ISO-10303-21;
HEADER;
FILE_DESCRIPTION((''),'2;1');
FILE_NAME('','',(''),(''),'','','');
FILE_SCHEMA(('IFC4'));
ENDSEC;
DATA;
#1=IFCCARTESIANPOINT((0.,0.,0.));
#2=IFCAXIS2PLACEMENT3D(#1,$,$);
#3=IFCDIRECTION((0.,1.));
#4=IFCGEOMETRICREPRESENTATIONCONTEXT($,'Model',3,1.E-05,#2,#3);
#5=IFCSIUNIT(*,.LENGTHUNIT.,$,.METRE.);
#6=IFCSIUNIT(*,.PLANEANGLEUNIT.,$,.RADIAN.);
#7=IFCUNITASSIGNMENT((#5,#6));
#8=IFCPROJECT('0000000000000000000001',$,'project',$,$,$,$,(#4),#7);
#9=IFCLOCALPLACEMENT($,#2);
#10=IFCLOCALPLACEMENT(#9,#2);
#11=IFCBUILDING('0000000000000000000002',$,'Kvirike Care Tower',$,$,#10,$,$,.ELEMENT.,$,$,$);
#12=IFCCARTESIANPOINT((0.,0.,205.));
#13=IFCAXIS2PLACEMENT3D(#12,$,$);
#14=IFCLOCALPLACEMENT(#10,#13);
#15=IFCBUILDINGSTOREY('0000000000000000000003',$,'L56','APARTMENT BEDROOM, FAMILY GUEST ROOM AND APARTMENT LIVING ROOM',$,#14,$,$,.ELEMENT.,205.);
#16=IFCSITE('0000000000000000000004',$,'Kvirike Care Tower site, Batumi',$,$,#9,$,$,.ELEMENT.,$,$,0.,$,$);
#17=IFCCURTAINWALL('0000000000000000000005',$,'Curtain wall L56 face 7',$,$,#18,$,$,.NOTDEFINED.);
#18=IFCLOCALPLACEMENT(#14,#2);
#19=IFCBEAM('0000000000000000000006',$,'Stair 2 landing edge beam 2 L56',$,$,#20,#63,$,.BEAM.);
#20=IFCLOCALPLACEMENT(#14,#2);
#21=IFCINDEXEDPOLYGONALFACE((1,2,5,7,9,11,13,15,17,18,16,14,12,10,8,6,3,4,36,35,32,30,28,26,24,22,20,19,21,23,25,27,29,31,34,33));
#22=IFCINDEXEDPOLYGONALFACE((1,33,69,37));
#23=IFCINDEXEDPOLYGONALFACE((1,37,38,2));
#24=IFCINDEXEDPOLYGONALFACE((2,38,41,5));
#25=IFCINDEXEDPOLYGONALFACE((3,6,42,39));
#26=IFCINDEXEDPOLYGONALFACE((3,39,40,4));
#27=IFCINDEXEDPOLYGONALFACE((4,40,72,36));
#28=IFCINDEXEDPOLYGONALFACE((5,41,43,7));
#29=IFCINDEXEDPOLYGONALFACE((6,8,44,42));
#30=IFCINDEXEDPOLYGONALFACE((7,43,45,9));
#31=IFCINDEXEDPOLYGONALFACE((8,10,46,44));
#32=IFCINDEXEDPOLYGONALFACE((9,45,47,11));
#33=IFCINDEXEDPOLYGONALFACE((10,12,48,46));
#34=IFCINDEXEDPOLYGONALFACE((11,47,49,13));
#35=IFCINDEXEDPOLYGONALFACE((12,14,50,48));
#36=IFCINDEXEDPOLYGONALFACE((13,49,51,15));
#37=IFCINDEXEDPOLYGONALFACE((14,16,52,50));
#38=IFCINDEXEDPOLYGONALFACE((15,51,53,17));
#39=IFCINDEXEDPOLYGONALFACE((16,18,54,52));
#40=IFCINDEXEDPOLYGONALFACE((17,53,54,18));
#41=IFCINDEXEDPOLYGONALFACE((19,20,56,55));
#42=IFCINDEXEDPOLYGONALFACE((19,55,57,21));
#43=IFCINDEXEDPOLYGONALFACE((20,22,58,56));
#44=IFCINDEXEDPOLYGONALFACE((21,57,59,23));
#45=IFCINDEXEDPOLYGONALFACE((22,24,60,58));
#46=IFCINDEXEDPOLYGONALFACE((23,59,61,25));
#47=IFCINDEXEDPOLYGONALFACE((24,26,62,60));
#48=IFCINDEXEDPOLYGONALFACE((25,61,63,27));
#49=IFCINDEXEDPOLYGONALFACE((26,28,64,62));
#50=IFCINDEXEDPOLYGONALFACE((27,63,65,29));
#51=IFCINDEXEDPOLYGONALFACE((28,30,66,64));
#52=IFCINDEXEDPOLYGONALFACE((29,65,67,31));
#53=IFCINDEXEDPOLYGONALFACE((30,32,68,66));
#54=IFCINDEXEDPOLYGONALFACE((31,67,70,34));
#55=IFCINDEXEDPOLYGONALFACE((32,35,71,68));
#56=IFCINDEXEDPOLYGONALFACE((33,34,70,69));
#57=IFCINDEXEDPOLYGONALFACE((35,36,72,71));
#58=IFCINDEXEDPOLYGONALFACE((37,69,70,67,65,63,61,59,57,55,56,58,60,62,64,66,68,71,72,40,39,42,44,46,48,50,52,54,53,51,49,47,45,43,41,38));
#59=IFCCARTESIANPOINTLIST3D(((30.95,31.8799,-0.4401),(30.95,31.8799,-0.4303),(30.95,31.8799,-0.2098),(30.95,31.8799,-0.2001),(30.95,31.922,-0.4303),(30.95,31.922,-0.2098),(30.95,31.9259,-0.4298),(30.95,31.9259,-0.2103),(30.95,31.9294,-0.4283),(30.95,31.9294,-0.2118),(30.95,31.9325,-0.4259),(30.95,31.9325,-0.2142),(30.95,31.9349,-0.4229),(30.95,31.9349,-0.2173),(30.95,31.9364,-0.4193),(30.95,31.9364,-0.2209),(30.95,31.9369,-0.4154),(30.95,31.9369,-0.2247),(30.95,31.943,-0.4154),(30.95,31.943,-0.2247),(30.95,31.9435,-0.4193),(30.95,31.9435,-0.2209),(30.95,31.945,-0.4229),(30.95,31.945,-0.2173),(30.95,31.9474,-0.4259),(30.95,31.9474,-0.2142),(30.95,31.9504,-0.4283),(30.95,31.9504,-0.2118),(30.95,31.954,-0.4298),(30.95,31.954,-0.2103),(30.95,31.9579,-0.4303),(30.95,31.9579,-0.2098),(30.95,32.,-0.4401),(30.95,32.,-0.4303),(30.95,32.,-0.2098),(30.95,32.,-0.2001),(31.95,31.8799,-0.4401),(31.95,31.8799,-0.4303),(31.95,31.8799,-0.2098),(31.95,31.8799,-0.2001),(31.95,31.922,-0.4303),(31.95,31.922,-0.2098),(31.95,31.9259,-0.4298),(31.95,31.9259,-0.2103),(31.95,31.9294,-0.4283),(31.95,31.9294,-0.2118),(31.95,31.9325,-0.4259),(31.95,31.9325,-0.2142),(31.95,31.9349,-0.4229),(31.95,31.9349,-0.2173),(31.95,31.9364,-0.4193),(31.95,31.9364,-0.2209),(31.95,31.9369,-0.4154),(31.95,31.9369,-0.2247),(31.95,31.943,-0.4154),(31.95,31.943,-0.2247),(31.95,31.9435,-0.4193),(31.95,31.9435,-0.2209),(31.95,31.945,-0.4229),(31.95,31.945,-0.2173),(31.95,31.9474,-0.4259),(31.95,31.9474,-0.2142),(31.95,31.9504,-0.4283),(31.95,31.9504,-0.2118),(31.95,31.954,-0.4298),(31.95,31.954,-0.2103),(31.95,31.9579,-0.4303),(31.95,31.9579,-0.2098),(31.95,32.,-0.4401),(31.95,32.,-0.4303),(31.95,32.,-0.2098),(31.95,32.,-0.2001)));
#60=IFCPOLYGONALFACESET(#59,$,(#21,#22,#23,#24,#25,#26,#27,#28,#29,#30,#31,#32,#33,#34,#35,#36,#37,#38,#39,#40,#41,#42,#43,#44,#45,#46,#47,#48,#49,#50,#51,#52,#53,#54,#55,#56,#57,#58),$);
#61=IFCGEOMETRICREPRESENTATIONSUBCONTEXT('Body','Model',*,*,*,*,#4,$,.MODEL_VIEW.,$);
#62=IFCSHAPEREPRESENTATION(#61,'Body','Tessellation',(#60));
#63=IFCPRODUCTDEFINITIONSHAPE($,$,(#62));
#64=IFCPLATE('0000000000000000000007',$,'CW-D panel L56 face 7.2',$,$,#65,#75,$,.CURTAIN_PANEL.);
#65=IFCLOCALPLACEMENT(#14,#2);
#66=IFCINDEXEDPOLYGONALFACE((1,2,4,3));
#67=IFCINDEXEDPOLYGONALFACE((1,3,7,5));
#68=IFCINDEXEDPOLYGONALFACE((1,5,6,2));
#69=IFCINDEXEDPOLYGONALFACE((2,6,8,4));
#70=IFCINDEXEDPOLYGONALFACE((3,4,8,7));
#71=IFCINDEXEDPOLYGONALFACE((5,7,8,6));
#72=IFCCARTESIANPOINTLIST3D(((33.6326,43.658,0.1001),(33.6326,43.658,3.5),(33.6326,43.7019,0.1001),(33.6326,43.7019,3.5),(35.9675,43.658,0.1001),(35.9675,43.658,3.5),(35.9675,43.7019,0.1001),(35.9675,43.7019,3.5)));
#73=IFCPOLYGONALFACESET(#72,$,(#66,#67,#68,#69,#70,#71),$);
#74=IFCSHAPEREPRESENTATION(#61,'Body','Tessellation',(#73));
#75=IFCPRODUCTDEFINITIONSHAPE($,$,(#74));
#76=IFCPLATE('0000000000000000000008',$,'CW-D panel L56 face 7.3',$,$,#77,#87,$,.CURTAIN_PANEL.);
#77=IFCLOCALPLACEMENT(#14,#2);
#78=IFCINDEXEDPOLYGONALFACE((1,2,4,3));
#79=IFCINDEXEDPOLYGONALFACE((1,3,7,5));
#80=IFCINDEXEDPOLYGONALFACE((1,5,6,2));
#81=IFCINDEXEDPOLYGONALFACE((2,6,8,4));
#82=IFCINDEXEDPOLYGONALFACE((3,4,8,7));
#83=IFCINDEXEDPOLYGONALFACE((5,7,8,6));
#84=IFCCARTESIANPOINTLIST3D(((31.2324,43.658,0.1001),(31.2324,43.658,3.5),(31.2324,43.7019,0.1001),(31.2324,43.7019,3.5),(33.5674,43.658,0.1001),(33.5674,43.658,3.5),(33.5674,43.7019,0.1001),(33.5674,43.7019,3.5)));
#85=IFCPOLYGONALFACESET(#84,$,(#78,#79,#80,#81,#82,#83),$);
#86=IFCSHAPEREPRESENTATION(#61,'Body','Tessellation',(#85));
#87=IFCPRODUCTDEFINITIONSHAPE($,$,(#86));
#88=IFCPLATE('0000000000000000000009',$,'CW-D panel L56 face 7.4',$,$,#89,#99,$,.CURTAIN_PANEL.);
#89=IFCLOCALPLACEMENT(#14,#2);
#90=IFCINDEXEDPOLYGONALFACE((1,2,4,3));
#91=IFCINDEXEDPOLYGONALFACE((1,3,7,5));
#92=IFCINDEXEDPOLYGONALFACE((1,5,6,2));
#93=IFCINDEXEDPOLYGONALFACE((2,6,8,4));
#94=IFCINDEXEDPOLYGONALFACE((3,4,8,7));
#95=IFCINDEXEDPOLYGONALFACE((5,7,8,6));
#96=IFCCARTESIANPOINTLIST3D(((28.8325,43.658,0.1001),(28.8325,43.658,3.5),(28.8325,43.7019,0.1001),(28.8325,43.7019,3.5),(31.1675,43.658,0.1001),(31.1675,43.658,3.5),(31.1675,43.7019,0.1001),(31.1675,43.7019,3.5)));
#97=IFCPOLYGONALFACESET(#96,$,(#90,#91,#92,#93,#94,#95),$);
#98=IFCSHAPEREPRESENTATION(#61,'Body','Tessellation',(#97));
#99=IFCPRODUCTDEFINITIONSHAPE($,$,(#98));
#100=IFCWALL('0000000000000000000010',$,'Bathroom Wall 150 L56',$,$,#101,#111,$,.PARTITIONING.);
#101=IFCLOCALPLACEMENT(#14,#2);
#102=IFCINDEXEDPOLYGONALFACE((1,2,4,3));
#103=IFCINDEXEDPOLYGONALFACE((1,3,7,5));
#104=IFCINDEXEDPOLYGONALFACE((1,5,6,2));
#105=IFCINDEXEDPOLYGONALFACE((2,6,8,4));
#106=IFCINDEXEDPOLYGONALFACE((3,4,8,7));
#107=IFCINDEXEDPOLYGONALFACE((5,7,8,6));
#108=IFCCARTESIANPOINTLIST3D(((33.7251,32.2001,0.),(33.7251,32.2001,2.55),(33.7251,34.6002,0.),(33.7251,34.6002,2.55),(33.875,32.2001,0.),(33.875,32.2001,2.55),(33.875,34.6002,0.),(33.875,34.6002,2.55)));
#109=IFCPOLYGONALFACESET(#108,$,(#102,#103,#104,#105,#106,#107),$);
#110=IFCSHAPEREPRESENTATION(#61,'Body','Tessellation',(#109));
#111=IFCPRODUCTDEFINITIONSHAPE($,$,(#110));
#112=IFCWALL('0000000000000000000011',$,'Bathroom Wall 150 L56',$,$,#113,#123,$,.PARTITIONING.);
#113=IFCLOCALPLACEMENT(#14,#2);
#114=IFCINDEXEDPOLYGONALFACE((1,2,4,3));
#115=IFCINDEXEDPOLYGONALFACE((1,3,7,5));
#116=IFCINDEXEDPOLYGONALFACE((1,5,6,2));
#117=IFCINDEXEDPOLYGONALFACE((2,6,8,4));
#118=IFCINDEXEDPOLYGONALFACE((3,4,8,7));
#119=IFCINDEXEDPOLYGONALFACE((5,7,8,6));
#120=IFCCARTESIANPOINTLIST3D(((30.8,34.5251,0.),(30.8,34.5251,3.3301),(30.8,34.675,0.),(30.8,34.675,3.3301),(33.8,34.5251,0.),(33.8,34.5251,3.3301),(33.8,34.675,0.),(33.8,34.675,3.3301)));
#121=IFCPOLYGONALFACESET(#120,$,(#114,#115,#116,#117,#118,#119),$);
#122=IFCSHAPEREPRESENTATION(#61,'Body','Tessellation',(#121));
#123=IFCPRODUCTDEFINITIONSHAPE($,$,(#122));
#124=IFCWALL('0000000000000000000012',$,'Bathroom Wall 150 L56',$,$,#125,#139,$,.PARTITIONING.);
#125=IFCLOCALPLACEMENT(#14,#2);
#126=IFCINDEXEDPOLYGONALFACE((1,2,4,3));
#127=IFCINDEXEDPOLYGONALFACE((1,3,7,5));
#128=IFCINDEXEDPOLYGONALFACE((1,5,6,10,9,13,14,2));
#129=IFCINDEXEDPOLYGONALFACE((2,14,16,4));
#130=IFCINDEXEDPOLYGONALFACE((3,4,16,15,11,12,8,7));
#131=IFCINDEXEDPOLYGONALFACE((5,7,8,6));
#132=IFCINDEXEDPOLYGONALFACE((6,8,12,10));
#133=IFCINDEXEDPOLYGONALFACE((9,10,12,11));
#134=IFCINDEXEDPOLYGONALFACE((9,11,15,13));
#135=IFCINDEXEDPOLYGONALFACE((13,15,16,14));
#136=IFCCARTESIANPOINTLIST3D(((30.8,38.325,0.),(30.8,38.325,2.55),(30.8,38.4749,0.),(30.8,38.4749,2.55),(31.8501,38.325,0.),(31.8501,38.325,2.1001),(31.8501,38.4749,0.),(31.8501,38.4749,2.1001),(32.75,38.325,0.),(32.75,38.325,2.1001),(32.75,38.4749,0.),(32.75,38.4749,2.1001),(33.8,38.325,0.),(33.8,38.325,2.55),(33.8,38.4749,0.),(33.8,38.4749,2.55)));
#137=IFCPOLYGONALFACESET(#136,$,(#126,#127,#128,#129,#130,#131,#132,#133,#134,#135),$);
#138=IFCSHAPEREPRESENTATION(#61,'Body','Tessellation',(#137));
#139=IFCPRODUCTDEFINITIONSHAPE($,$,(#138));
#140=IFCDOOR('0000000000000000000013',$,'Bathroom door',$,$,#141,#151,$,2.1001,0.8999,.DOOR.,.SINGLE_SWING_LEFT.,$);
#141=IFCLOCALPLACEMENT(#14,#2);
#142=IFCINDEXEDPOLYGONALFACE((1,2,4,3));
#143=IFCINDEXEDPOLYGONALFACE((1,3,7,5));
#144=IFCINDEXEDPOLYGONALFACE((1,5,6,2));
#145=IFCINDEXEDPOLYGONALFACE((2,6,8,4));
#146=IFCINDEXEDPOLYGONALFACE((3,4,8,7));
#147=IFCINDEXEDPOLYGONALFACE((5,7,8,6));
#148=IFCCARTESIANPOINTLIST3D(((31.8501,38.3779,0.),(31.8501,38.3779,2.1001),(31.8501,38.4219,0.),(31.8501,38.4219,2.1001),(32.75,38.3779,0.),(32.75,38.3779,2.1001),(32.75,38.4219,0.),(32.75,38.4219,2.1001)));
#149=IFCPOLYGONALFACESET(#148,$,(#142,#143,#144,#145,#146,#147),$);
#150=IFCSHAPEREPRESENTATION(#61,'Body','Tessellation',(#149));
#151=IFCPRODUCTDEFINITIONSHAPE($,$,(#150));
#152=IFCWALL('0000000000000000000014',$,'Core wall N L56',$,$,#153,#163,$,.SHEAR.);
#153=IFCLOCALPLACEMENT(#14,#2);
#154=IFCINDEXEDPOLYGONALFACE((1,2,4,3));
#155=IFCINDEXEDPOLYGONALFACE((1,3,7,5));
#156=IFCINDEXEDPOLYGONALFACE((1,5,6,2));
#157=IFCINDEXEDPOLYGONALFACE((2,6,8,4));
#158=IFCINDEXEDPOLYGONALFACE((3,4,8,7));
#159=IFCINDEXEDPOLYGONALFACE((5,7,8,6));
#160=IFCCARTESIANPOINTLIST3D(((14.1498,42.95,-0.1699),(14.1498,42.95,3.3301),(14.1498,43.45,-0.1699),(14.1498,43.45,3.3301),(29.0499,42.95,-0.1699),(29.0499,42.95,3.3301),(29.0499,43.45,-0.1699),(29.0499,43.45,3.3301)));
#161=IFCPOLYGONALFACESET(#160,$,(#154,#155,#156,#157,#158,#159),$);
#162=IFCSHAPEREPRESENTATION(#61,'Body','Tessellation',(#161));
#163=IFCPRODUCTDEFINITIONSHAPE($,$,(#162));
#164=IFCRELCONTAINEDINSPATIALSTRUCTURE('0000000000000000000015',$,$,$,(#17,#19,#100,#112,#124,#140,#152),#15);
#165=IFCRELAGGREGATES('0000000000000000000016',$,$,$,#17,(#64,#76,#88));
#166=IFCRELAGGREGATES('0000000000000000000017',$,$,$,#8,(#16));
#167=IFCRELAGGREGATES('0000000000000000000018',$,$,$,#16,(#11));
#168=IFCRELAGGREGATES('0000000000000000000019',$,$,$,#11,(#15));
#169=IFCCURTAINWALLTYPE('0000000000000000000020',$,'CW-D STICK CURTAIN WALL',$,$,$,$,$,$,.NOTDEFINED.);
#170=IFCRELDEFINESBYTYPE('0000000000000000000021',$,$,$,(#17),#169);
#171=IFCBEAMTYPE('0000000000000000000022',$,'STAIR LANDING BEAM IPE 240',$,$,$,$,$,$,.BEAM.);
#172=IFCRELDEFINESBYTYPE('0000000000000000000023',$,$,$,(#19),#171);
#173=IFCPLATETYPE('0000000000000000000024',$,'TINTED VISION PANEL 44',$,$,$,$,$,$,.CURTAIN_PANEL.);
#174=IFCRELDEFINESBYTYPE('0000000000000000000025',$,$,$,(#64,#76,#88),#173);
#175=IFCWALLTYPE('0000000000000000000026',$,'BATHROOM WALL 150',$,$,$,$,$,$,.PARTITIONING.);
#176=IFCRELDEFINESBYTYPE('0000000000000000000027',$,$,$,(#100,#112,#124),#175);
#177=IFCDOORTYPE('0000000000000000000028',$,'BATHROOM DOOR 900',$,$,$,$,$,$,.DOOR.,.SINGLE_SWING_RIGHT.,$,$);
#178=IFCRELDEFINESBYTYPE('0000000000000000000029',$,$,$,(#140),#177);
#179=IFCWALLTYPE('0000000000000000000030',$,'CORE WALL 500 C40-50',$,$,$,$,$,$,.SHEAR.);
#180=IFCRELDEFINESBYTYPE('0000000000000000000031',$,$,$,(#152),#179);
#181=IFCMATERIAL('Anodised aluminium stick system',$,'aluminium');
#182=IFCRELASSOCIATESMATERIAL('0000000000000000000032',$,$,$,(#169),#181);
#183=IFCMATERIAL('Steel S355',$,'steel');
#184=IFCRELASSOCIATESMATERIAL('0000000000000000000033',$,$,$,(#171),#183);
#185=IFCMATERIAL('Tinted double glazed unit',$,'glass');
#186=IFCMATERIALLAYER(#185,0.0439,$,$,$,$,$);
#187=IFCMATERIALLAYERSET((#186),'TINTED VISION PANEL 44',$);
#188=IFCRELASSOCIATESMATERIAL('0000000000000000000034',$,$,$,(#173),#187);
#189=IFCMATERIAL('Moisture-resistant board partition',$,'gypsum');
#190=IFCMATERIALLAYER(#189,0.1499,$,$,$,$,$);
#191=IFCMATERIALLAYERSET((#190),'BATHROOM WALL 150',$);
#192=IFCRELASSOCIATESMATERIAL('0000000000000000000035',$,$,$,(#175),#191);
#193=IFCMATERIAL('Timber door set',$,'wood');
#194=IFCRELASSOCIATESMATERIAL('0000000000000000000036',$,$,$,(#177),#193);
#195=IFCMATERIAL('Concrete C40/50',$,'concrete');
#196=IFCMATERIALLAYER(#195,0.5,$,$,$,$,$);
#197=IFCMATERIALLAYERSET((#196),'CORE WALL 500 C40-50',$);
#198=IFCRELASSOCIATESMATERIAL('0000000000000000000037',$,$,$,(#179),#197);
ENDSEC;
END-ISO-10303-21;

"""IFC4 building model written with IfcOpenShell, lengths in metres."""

from ifc_helpers import new_model, si_unit, direction, frame, frame_2d, origin, origin_2d, place, context, subcontext, project, spatial, rectangle, i_section, extrude, material, layer, layer_set, material_profile, profile_set, type_object, element, fill, aggregate, save


model = new_model("IFC4")

# Units and contexts
model_context = context("Model", 3, precision=1e-05, world=origin(), true_north=direction((0.0, 1.0)))
body_context = subcontext(model_context, "Body", "Model", "MODEL_VIEW")
ifc_project = project(units=[si_unit("LENGTHUNIT", "METRE"), si_unit("PLANEANGLEUNIT", "RADIAN")], contexts=[model_context])

# Site, building, storey
site_placement = place(None, origin())
site = spatial("IfcSite", under=ifc_project, at=site_placement, Name="Kvirike Care Tower site, Batumi", CompositionType="ELEMENT", RefElevation=0.0)
building_placement = place(site_placement, origin())
building = spatial("IfcBuilding", under=site, at=building_placement, Name="Kvirike Care Tower", CompositionType="ELEMENT")
storey_placement = place(building_placement, frame((0.0, 0.0, 205.0)))
storey = spatial("IfcBuildingStorey", under=building, at=storey_placement, Name="L56", Description="APARTMENT BEDROOM, FAMILY GUEST ROOM AND APARTMENT LIVING ROOM", CompositionType="ELEMENT", Elevation=205.0)

# Curtain wall
ifc_material_1 = material(Name="Anodised aluminium stick system", Category="aluminium")
curtain_wall_type = type_object("IfcCurtainWallType", Name="CW-D STICK CURTAIN WALL", PredefinedType="NOTDEFINED", material=ifc_material_1)
curtain_wall_placement = place(storey_placement, origin())
curtain_wall = element("IfcCurtainWall", 1, at=curtain_wall_placement, inside=storey, type_object=curtain_wall_type, Name="Curtain wall L56 face 7", PredefinedType="NOTDEFINED")

# Beam
ifc_material_2 = material(Name="Steel S355", Category="steel")
ifc_material_profile_1 = material_profile(ifc_material_2, i_section(OverallWidth=0.1201, OverallDepth=0.24, WebThickness=0.0061, FlangeThickness=0.0098, FilletRadius=0.0149, at=origin_2d()), Name="IPE 240")
ifc_profile_set_1 = profile_set([ifc_material_profile_1], Name="Steel S355")
beam_type_1 = type_object("IfcBeamType", Name="STAIR LANDING BEAM IPE 240", PredefinedType="BEAM", material=ifc_profile_set_1)
beam_1_placement = place(storey_placement, frame((31.95, 31.9399, -0.3201), z_axis=(-1.0, 0.0, 0.0), x_axis=(0.0, -1.0, 0.0)))
element("IfcBeam", 2, at=beam_1_placement, inside=storey, type_object=beam_type_1, Name="Stair 2 landing edge beam 2 L56", PredefinedType="BEAM", context=body_context, shape_type="SweptSolid", body=[
    extrude(i_section(OverallWidth=0.1201, OverallDepth=0.24, WebThickness=0.0061, FlangeThickness=0.0098, FilletRadius=0.0149, at=origin_2d()), origin(), (0.0, 0.0, 1.0), 1.0),
])

# Plates
ifc_material_3 = material(Name="Tinted double glazed unit", Category="glass")
ifc_layer_1 = layer(ifc_material_3, 0.0439)
ifc_layer_set_1 = layer_set([ifc_layer_1], Name="TINTED VISION PANEL 44")
plate_type = type_object("IfcPlateType", Name="TINTED VISION PANEL 44", PredefinedType="CURTAIN_PANEL", material=ifc_layer_set_1)
plate_1_placement = place(storey_placement, frame((34.8, 43.6799, 0.1001), z_axis=(0.0, 0.0, 1.0), x_axis=(-1.0, 0.0, 0.0)))
plate_1 = element("IfcPlate", 3, at=plate_1_placement, type_object=plate_type, Name="CW-D panel L56 face 7.2", PredefinedType="CURTAIN_PANEL", context=body_context, shape_type="SweptSolid", body=[
    extrude(rectangle(XDim=2.335, YDim=0.0439, at=origin_2d()), origin(), (0.0, 0.0, 1.0), 3.3999),
])
plate_2_placement = place(storey_placement, frame((32.3999, 43.6799, 0.1001), z_axis=(0.0, 0.0, 1.0), x_axis=(-1.0, 0.0, 0.0)))
plate_2 = element("IfcPlate", 4, at=plate_2_placement, type_object=plate_type, Name="CW-D panel L56 face 7.3", PredefinedType="CURTAIN_PANEL", context=body_context, shape_type="SweptSolid", body=[
    extrude(rectangle(XDim=2.335, YDim=0.0439, at=origin_2d()), origin(), (0.0, 0.0, 1.0), 3.3999),
])
plate_3_placement = place(storey_placement, frame((30.0, 43.6799, 0.1001), z_axis=(0.0, 0.0, 1.0), x_axis=(-1.0, 0.0, 0.0)))
plate_3 = element("IfcPlate", 5, at=plate_3_placement, type_object=plate_type, Name="CW-D panel L56 face 7.4", PredefinedType="CURTAIN_PANEL", context=body_context, shape_type="SweptSolid", body=[
    extrude(rectangle(XDim=2.335, YDim=0.0439, at=origin_2d()), origin(), (0.0, 0.0, 1.0), 3.3999),
])
aggregate(curtain_wall, [plate_1, plate_2, plate_3])

# Walls
ifc_material_4 = material(Name="Moisture-resistant board partition", Category="gypsum")
ifc_layer_2 = layer(ifc_material_4, 0.1499)
ifc_layer_set_2 = layer_set([ifc_layer_2], Name="BATHROOM WALL 150")
wall_type_1 = type_object("IfcWallType", Name="BATHROOM WALL 150", PredefinedType="PARTITIONING", material=ifc_layer_set_2)
wall_1_placement = place(storey_placement, frame((33.8, 32.2, 0.0), z_axis=(0.0, 0.0, 1.0), x_axis=(0.0, 1.0, 0.0)))
element("IfcWall", 6, at=wall_1_placement, inside=storey, type_object=wall_type_1, Name="Bathroom Wall 150 L56", PredefinedType="PARTITIONING", context=body_context, shape_type="SweptSolid", body=[
    extrude(rectangle(XDim=2.4001, YDim=0.1499, at=frame_2d((1.2002, 0.0))), origin(), (0.0, 0.0, 1.0), 2.55),
])
wall_2_placement = place(storey_placement, frame((33.8, 34.6001, 0.0), z_axis=(0.0, 0.0, 1.0), x_axis=(-1.0, 0.0, 0.0)))
element("IfcWall", 7, at=wall_2_placement, inside=storey, type_object=wall_type_1, Name="Bathroom Wall 150 L56", PredefinedType="PARTITIONING", context=body_context, shape_type="SweptSolid", body=[
    extrude(rectangle(XDim=3.0, YDim=0.1499, at=frame_2d((1.5, 0.0))), origin(), (0.0, 0.0, 1.0), 3.3301),
])

# Wall, opening, door
wall_3_placement = place(storey_placement, frame((33.8, 38.3999, 0.0), z_axis=(0.0, 0.0, 1.0), x_axis=(-1.0, 0.0, 0.0)))
wall_3 = element("IfcWall", 8, at=wall_3_placement, inside=storey, type_object=wall_type_1, Name="Bathroom Wall 150 L56", PredefinedType="PARTITIONING", context=body_context, shape_type="SweptSolid", body=[
    extrude(rectangle(XDim=3.0, YDim=0.1499, at=frame_2d((1.5, 0.0))), origin(), (0.0, 0.0, 1.0), 2.55),
])
opening_1_placement = place(wall_3_placement, frame((1.05, 0.0, 0.0)))
opening_1 = element("IfcOpeningElement", 9, at=opening_1_placement, cuts=wall_3, PredefinedType="OPENING", context=body_context, shape_type="SweptSolid", body=[
    extrude(rectangle(XDim=0.8999, YDim=2.1001, at=frame_2d((0.45, 1.05))), frame((0.0, 0.0854, 0.0), z_axis=(0.0, -1.0, 0.0), x_axis=(1.0, 0.0, 0.0)), (0.0, 0.0, 1.0), 0.1709),
])
ifc_material_5 = material(Name="Timber door set", Category="wood")
door_type_1 = type_object("IfcDoorType", Name="BATHROOM DOOR 900", OperationType="SINGLE_SWING_RIGHT", PredefinedType="DOOR", material=ifc_material_5)
door_1_placement = place(opening_1_placement, frame((0.8999, 0.0, 0.0), z_axis=(0.0, 0.0, 1.0), x_axis=(-1.0, 0.0, 0.0)))
door_1 = element("IfcDoor", 10, at=door_1_placement, inside=storey, type_object=door_type_1, Name="Bathroom door", OperationType="SINGLE_SWING_LEFT", OverallHeight=2.1001, OverallWidth=0.8999, PredefinedType="DOOR", context=body_context, shape_type="SweptSolid", body=[
    extrude(rectangle(XDim=0.8999, YDim=2.1001, at=frame_2d((0.45, 1.05))), frame((0.0, 0.022, 0.0), z_axis=(0.0, -1.0, 0.0), x_axis=(1.0, 0.0, 0.0)), (0.0, 0.0, 1.0), 0.0439),
])
fill(opening_1, door_1)

# Wall
ifc_material_6 = material(Name="Concrete C40/50", Category="concrete")
ifc_layer_3 = layer(ifc_material_6, 0.5)
ifc_layer_set_3 = layer_set([ifc_layer_3], Name="CORE WALL 500 C40-50")
wall_type_2 = type_object("IfcWallType", Name="CORE WALL 500 C40-50", PredefinedType="SHEAR", material=ifc_layer_set_3)
wall_4_placement = place(storey_placement, frame((29.05, 43.2, -0.1699), z_axis=(0.0, 0.0, 1.0), x_axis=(-1.0, 0.0, 0.0)))
element("IfcWall", 11, at=wall_4_placement, inside=storey, type_object=wall_type_2, Name="Core wall N L56", PredefinedType="SHEAR", context=body_context, shape_type="SweptSolid", body=[
    extrude(rectangle(XDim=14.9001, YDim=0.5, at=frame_2d((7.4502, 0.0))), origin(), (0.0, 0.0, 1.0), 3.5),
])

save(model, "model.ifc")
